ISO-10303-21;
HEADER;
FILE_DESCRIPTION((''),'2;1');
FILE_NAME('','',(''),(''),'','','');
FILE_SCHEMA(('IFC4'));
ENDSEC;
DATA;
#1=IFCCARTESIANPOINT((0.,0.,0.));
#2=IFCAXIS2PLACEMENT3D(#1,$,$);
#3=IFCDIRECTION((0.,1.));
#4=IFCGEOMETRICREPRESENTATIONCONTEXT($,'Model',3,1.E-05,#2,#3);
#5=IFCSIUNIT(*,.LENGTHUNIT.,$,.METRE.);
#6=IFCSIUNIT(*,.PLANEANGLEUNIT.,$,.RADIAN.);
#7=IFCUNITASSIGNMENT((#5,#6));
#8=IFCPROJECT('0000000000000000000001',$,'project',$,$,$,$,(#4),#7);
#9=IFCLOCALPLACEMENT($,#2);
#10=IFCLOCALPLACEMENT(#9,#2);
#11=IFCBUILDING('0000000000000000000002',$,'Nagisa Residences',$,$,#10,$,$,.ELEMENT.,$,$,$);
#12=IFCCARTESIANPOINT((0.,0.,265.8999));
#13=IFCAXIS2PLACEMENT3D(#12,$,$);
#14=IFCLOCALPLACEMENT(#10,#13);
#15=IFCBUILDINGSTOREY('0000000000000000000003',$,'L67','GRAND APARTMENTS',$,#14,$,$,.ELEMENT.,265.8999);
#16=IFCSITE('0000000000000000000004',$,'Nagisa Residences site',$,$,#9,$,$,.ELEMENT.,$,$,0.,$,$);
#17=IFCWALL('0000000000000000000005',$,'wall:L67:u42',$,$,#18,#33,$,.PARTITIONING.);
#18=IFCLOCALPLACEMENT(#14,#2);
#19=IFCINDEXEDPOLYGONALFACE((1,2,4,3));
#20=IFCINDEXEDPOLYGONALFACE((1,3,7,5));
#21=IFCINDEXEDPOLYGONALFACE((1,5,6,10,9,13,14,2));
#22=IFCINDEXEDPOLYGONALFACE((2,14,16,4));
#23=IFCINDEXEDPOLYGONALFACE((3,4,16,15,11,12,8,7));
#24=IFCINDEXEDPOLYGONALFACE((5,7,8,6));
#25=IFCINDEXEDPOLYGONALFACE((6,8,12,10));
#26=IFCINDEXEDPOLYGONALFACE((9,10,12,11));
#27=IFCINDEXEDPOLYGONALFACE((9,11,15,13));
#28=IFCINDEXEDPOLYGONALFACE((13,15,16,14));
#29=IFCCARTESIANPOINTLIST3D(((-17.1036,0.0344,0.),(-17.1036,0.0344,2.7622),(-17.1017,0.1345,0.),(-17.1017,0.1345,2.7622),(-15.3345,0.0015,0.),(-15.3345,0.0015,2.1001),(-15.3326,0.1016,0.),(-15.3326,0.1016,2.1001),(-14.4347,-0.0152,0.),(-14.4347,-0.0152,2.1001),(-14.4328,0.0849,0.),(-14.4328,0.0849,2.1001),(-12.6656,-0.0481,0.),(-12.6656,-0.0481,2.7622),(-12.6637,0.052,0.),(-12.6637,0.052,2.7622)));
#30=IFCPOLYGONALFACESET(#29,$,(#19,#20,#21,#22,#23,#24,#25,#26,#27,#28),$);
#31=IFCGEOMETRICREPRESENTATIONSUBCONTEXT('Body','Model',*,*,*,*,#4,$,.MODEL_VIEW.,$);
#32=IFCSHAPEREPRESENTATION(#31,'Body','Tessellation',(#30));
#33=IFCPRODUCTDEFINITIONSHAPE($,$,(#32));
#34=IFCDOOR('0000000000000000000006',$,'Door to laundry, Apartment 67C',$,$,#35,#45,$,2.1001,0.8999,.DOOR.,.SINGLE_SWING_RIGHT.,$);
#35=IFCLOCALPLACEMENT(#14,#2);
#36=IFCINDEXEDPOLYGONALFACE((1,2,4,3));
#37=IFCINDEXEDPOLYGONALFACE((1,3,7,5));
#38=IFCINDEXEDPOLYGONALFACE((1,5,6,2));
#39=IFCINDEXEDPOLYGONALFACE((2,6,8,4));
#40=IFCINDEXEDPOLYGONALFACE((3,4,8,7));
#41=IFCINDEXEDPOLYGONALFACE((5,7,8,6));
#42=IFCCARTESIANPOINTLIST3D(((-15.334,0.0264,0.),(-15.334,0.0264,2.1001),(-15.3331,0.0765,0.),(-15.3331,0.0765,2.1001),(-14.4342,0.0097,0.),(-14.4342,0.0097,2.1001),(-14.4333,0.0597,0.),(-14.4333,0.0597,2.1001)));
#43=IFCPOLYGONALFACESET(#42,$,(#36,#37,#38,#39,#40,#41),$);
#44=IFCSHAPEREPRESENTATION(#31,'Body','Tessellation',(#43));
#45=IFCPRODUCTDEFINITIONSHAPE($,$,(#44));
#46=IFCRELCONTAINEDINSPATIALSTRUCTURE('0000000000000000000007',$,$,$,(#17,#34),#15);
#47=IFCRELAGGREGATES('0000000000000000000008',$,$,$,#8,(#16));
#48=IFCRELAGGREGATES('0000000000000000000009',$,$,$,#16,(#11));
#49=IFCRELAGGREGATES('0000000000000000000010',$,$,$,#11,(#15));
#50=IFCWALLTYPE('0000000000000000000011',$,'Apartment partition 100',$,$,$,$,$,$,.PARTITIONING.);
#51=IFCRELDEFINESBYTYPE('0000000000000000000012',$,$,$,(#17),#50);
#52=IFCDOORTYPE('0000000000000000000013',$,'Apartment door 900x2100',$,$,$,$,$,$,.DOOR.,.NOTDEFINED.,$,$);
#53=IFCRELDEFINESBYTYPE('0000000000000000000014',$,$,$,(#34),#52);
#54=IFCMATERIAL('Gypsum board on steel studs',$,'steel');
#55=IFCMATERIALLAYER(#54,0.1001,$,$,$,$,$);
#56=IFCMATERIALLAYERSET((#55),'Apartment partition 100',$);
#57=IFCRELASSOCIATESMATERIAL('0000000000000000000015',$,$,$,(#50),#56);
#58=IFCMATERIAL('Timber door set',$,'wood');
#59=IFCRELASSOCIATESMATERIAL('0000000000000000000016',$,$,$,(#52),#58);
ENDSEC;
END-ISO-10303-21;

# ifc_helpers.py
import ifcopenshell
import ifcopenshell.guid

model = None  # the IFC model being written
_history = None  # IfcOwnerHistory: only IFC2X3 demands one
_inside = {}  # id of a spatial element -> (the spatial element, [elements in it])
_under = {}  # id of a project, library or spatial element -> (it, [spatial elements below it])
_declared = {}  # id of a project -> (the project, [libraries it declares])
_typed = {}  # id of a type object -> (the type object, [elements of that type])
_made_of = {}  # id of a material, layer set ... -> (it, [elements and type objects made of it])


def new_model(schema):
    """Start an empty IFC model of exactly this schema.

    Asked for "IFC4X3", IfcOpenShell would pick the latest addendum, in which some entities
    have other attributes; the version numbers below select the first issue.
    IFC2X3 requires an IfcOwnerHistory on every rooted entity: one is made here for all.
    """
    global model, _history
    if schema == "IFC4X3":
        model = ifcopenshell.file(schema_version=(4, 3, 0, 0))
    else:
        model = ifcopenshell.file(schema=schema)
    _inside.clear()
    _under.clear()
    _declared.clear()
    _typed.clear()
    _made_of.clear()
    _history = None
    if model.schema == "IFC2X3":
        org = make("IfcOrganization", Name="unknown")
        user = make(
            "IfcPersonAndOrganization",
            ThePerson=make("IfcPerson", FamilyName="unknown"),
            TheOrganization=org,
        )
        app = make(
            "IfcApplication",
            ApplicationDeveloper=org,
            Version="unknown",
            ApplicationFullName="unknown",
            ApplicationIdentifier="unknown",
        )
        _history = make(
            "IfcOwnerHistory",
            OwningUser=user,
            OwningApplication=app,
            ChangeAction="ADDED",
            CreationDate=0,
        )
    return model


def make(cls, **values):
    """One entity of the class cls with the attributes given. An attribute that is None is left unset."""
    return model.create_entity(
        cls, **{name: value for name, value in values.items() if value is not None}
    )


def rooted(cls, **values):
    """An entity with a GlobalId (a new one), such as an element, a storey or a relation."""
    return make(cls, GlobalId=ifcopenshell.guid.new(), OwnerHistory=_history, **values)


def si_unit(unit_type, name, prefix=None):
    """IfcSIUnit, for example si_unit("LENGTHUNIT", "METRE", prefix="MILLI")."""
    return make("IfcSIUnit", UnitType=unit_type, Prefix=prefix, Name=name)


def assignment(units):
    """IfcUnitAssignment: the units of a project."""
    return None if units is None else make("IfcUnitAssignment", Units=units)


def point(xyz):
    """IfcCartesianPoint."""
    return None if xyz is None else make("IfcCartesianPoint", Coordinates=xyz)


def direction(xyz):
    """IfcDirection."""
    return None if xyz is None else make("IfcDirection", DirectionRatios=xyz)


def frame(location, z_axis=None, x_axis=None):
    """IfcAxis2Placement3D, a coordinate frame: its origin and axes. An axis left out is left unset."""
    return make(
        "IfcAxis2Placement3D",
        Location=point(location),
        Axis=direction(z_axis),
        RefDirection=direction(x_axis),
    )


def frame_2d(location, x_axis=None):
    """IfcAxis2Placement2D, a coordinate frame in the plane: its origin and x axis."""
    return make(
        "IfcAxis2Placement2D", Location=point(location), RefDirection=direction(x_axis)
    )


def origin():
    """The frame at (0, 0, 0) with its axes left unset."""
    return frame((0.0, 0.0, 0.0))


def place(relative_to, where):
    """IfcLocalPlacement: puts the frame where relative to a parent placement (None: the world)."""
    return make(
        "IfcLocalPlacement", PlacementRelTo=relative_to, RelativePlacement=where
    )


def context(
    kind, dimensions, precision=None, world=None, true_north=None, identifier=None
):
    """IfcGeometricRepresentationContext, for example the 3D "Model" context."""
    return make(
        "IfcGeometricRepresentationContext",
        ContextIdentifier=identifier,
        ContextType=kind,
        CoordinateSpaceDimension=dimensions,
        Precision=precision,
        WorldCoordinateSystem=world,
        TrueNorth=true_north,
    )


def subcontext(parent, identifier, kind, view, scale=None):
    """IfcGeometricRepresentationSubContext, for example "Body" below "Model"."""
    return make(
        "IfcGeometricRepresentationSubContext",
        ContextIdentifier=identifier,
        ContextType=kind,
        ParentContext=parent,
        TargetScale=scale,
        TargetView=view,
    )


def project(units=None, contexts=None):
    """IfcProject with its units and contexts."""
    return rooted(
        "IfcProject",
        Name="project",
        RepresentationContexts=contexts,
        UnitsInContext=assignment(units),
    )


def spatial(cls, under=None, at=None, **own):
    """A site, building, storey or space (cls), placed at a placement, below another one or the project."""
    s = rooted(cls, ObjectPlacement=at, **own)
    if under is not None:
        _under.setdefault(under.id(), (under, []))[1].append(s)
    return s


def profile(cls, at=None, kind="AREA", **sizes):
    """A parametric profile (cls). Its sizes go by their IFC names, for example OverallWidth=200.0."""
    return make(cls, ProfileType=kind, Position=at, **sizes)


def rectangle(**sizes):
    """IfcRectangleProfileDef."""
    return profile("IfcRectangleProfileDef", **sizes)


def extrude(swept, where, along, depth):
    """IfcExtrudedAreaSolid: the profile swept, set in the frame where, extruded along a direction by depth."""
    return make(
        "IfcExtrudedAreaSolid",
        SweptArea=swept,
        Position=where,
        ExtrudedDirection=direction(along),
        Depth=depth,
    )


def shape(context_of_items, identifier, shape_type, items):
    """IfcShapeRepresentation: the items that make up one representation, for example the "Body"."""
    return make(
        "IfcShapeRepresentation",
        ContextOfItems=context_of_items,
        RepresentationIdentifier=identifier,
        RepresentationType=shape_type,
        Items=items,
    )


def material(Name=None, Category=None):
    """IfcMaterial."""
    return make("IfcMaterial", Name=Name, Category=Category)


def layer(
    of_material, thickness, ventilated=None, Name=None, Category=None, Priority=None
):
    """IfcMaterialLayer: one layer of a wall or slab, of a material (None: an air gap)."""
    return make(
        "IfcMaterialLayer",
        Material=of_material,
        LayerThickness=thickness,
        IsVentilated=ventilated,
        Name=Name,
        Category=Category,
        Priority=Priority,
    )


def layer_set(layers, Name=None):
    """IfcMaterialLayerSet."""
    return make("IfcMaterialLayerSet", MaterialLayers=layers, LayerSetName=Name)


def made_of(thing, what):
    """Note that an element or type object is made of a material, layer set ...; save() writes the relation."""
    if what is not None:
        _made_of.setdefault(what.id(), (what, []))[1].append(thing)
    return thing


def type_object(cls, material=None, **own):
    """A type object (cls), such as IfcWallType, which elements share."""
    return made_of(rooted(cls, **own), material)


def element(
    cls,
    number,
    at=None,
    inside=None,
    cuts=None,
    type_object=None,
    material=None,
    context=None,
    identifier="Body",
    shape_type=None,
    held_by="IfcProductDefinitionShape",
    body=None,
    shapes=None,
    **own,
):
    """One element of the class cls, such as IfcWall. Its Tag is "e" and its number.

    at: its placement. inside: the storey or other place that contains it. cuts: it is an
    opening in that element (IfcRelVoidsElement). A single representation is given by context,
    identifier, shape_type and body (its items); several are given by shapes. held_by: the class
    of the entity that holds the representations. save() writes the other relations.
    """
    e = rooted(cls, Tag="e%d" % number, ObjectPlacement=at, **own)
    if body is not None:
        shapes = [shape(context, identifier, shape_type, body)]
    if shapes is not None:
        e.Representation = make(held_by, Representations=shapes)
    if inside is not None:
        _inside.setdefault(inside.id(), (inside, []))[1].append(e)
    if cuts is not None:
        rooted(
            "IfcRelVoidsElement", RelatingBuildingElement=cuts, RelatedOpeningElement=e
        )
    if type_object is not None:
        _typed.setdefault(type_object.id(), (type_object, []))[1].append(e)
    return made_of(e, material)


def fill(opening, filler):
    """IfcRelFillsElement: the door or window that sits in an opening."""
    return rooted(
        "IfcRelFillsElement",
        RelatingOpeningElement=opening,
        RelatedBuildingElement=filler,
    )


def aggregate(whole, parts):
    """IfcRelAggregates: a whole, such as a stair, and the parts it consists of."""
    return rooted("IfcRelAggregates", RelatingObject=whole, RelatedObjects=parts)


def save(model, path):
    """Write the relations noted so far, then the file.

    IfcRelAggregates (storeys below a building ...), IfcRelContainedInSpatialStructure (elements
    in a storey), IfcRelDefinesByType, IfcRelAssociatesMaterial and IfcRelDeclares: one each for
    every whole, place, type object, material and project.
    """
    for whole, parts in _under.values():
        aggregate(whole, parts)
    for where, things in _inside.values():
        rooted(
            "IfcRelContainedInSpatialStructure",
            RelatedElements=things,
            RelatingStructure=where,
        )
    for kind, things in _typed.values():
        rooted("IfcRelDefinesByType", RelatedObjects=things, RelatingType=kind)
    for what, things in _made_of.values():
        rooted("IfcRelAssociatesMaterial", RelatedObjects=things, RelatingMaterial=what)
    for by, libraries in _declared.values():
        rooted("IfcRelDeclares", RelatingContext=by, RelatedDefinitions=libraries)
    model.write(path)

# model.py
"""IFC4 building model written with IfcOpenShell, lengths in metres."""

from ifc_helpers import new_model, si_unit, direction, frame, frame_2d, origin, place, context, subcontext, project, spatial, rectangle, extrude, material, layer, layer_set, type_object, element, fill, save


model = new_model("IFC4")

# Units and contexts
model_context = context("Model", 3, precision=1e-05, world=origin(), true_north=direction((0.0, 1.0)))
body_context = subcontext(model_context, "Body", "Model", "MODEL_VIEW")
ifc_project = project(units=[si_unit("LENGTHUNIT", "METRE"), si_unit("PLANEANGLEUNIT", "RADIAN")], contexts=[model_context])

# Site, building, storey
site_placement = place(None, origin())
site = spatial("IfcSite", under=ifc_project, at=site_placement, Name="Nagisa Residences site", CompositionType="ELEMENT", RefElevation=0.0)
building_placement = place(site_placement, origin())
building = spatial("IfcBuilding", under=site, at=building_placement, Name="Nagisa Residences", CompositionType="ELEMENT")
storey_placement = place(building_placement, frame((0.0, 0.0, 265.8999)))
storey = spatial("IfcBuildingStorey", under=building, at=storey_placement, Name="L67", Description="GRAND APARTMENTS", CompositionType="ELEMENT", Elevation=265.8999)

# Shared definitions
ifc_material_1 = material(Name="Gypsum board on steel studs", Category="steel")
ifc_layer_1 = layer(ifc_material_1, 0.1001)
ifc_layer_set_1 = layer_set([ifc_layer_1], Name="Apartment partition 100")
wall_type_1 = type_object("IfcWallType", Name="Apartment partition 100", PredefinedType="PARTITIONING", material=ifc_layer_set_1)
ifc_material_2 = material(Name="Timber door set", Category="wood")
door_type_1 = type_object("IfcDoorType", Name="Apartment door 900x2100", OperationType="NOTDEFINED", PredefinedType="DOOR", material=ifc_material_2)

# Wall, opening, door
wall_1_placement = place(storey_placement, frame((-12.6648, 0.002, 0.0), z_axis=(0.0, 0.0, 1.0), x_axis=(-0.999827, 0.018591, 0.0)))
wall_1 = element("IfcWall", 1, at=wall_1_placement, inside=storey, type_object=wall_type_1, Name="wall:L67:u42", PredefinedType="PARTITIONING", context=body_context, shape_type="SweptSolid", body=[
    extrude(rectangle(XDim=4.4387, YDim=0.1001, at=frame_2d((2.2192, 0.0))), origin(), (0.0, 0.0, 1.0), 2.7622),
])
opening_1_placement = place(wall_1_placement, frame((1.7693, 0.0, 0.0)))
opening_1 = element("IfcOpeningElement", 2, at=opening_1_placement, cuts=wall_1, PredefinedType="OPENING", context=body_context, shape_type="SweptSolid", body=[
    extrude(rectangle(XDim=0.8999, YDim=2.1001, at=frame_2d((0.45, 1.05))), frame((0.0, 0.0601, 0.0), z_axis=(0.0, -1.0, 0.0), x_axis=(1.0, 0.0, 0.0)), (0.0, 0.0, 1.0), 0.1201),
])
door_1_placement = place(opening_1_placement, frame((0.8999, 0.0, 0.0), x_axis=(-1.0, 0.0, 0.0)))
door_1 = element("IfcDoor", 3, at=door_1_placement, inside=storey, type_object=door_type_1, Name="Door to laundry, Apartment 67C", OperationType="SINGLE_SWING_RIGHT", OverallHeight=2.1001, OverallWidth=0.8999, PredefinedType="DOOR", context=body_context, shape_type="SweptSolid", body=[
    extrude(rectangle(XDim=0.8999, YDim=2.1001, at=frame_2d((0.45, 1.05))), frame((0.0, 0.0249, 0.0), z_axis=(0.0, -1.0, 0.0), x_axis=(1.0, 0.0, 0.0)), (0.0, 0.0, 1.0), 0.05),
])
fill(opening_1, door_1)

save(model, "model.ifc")
